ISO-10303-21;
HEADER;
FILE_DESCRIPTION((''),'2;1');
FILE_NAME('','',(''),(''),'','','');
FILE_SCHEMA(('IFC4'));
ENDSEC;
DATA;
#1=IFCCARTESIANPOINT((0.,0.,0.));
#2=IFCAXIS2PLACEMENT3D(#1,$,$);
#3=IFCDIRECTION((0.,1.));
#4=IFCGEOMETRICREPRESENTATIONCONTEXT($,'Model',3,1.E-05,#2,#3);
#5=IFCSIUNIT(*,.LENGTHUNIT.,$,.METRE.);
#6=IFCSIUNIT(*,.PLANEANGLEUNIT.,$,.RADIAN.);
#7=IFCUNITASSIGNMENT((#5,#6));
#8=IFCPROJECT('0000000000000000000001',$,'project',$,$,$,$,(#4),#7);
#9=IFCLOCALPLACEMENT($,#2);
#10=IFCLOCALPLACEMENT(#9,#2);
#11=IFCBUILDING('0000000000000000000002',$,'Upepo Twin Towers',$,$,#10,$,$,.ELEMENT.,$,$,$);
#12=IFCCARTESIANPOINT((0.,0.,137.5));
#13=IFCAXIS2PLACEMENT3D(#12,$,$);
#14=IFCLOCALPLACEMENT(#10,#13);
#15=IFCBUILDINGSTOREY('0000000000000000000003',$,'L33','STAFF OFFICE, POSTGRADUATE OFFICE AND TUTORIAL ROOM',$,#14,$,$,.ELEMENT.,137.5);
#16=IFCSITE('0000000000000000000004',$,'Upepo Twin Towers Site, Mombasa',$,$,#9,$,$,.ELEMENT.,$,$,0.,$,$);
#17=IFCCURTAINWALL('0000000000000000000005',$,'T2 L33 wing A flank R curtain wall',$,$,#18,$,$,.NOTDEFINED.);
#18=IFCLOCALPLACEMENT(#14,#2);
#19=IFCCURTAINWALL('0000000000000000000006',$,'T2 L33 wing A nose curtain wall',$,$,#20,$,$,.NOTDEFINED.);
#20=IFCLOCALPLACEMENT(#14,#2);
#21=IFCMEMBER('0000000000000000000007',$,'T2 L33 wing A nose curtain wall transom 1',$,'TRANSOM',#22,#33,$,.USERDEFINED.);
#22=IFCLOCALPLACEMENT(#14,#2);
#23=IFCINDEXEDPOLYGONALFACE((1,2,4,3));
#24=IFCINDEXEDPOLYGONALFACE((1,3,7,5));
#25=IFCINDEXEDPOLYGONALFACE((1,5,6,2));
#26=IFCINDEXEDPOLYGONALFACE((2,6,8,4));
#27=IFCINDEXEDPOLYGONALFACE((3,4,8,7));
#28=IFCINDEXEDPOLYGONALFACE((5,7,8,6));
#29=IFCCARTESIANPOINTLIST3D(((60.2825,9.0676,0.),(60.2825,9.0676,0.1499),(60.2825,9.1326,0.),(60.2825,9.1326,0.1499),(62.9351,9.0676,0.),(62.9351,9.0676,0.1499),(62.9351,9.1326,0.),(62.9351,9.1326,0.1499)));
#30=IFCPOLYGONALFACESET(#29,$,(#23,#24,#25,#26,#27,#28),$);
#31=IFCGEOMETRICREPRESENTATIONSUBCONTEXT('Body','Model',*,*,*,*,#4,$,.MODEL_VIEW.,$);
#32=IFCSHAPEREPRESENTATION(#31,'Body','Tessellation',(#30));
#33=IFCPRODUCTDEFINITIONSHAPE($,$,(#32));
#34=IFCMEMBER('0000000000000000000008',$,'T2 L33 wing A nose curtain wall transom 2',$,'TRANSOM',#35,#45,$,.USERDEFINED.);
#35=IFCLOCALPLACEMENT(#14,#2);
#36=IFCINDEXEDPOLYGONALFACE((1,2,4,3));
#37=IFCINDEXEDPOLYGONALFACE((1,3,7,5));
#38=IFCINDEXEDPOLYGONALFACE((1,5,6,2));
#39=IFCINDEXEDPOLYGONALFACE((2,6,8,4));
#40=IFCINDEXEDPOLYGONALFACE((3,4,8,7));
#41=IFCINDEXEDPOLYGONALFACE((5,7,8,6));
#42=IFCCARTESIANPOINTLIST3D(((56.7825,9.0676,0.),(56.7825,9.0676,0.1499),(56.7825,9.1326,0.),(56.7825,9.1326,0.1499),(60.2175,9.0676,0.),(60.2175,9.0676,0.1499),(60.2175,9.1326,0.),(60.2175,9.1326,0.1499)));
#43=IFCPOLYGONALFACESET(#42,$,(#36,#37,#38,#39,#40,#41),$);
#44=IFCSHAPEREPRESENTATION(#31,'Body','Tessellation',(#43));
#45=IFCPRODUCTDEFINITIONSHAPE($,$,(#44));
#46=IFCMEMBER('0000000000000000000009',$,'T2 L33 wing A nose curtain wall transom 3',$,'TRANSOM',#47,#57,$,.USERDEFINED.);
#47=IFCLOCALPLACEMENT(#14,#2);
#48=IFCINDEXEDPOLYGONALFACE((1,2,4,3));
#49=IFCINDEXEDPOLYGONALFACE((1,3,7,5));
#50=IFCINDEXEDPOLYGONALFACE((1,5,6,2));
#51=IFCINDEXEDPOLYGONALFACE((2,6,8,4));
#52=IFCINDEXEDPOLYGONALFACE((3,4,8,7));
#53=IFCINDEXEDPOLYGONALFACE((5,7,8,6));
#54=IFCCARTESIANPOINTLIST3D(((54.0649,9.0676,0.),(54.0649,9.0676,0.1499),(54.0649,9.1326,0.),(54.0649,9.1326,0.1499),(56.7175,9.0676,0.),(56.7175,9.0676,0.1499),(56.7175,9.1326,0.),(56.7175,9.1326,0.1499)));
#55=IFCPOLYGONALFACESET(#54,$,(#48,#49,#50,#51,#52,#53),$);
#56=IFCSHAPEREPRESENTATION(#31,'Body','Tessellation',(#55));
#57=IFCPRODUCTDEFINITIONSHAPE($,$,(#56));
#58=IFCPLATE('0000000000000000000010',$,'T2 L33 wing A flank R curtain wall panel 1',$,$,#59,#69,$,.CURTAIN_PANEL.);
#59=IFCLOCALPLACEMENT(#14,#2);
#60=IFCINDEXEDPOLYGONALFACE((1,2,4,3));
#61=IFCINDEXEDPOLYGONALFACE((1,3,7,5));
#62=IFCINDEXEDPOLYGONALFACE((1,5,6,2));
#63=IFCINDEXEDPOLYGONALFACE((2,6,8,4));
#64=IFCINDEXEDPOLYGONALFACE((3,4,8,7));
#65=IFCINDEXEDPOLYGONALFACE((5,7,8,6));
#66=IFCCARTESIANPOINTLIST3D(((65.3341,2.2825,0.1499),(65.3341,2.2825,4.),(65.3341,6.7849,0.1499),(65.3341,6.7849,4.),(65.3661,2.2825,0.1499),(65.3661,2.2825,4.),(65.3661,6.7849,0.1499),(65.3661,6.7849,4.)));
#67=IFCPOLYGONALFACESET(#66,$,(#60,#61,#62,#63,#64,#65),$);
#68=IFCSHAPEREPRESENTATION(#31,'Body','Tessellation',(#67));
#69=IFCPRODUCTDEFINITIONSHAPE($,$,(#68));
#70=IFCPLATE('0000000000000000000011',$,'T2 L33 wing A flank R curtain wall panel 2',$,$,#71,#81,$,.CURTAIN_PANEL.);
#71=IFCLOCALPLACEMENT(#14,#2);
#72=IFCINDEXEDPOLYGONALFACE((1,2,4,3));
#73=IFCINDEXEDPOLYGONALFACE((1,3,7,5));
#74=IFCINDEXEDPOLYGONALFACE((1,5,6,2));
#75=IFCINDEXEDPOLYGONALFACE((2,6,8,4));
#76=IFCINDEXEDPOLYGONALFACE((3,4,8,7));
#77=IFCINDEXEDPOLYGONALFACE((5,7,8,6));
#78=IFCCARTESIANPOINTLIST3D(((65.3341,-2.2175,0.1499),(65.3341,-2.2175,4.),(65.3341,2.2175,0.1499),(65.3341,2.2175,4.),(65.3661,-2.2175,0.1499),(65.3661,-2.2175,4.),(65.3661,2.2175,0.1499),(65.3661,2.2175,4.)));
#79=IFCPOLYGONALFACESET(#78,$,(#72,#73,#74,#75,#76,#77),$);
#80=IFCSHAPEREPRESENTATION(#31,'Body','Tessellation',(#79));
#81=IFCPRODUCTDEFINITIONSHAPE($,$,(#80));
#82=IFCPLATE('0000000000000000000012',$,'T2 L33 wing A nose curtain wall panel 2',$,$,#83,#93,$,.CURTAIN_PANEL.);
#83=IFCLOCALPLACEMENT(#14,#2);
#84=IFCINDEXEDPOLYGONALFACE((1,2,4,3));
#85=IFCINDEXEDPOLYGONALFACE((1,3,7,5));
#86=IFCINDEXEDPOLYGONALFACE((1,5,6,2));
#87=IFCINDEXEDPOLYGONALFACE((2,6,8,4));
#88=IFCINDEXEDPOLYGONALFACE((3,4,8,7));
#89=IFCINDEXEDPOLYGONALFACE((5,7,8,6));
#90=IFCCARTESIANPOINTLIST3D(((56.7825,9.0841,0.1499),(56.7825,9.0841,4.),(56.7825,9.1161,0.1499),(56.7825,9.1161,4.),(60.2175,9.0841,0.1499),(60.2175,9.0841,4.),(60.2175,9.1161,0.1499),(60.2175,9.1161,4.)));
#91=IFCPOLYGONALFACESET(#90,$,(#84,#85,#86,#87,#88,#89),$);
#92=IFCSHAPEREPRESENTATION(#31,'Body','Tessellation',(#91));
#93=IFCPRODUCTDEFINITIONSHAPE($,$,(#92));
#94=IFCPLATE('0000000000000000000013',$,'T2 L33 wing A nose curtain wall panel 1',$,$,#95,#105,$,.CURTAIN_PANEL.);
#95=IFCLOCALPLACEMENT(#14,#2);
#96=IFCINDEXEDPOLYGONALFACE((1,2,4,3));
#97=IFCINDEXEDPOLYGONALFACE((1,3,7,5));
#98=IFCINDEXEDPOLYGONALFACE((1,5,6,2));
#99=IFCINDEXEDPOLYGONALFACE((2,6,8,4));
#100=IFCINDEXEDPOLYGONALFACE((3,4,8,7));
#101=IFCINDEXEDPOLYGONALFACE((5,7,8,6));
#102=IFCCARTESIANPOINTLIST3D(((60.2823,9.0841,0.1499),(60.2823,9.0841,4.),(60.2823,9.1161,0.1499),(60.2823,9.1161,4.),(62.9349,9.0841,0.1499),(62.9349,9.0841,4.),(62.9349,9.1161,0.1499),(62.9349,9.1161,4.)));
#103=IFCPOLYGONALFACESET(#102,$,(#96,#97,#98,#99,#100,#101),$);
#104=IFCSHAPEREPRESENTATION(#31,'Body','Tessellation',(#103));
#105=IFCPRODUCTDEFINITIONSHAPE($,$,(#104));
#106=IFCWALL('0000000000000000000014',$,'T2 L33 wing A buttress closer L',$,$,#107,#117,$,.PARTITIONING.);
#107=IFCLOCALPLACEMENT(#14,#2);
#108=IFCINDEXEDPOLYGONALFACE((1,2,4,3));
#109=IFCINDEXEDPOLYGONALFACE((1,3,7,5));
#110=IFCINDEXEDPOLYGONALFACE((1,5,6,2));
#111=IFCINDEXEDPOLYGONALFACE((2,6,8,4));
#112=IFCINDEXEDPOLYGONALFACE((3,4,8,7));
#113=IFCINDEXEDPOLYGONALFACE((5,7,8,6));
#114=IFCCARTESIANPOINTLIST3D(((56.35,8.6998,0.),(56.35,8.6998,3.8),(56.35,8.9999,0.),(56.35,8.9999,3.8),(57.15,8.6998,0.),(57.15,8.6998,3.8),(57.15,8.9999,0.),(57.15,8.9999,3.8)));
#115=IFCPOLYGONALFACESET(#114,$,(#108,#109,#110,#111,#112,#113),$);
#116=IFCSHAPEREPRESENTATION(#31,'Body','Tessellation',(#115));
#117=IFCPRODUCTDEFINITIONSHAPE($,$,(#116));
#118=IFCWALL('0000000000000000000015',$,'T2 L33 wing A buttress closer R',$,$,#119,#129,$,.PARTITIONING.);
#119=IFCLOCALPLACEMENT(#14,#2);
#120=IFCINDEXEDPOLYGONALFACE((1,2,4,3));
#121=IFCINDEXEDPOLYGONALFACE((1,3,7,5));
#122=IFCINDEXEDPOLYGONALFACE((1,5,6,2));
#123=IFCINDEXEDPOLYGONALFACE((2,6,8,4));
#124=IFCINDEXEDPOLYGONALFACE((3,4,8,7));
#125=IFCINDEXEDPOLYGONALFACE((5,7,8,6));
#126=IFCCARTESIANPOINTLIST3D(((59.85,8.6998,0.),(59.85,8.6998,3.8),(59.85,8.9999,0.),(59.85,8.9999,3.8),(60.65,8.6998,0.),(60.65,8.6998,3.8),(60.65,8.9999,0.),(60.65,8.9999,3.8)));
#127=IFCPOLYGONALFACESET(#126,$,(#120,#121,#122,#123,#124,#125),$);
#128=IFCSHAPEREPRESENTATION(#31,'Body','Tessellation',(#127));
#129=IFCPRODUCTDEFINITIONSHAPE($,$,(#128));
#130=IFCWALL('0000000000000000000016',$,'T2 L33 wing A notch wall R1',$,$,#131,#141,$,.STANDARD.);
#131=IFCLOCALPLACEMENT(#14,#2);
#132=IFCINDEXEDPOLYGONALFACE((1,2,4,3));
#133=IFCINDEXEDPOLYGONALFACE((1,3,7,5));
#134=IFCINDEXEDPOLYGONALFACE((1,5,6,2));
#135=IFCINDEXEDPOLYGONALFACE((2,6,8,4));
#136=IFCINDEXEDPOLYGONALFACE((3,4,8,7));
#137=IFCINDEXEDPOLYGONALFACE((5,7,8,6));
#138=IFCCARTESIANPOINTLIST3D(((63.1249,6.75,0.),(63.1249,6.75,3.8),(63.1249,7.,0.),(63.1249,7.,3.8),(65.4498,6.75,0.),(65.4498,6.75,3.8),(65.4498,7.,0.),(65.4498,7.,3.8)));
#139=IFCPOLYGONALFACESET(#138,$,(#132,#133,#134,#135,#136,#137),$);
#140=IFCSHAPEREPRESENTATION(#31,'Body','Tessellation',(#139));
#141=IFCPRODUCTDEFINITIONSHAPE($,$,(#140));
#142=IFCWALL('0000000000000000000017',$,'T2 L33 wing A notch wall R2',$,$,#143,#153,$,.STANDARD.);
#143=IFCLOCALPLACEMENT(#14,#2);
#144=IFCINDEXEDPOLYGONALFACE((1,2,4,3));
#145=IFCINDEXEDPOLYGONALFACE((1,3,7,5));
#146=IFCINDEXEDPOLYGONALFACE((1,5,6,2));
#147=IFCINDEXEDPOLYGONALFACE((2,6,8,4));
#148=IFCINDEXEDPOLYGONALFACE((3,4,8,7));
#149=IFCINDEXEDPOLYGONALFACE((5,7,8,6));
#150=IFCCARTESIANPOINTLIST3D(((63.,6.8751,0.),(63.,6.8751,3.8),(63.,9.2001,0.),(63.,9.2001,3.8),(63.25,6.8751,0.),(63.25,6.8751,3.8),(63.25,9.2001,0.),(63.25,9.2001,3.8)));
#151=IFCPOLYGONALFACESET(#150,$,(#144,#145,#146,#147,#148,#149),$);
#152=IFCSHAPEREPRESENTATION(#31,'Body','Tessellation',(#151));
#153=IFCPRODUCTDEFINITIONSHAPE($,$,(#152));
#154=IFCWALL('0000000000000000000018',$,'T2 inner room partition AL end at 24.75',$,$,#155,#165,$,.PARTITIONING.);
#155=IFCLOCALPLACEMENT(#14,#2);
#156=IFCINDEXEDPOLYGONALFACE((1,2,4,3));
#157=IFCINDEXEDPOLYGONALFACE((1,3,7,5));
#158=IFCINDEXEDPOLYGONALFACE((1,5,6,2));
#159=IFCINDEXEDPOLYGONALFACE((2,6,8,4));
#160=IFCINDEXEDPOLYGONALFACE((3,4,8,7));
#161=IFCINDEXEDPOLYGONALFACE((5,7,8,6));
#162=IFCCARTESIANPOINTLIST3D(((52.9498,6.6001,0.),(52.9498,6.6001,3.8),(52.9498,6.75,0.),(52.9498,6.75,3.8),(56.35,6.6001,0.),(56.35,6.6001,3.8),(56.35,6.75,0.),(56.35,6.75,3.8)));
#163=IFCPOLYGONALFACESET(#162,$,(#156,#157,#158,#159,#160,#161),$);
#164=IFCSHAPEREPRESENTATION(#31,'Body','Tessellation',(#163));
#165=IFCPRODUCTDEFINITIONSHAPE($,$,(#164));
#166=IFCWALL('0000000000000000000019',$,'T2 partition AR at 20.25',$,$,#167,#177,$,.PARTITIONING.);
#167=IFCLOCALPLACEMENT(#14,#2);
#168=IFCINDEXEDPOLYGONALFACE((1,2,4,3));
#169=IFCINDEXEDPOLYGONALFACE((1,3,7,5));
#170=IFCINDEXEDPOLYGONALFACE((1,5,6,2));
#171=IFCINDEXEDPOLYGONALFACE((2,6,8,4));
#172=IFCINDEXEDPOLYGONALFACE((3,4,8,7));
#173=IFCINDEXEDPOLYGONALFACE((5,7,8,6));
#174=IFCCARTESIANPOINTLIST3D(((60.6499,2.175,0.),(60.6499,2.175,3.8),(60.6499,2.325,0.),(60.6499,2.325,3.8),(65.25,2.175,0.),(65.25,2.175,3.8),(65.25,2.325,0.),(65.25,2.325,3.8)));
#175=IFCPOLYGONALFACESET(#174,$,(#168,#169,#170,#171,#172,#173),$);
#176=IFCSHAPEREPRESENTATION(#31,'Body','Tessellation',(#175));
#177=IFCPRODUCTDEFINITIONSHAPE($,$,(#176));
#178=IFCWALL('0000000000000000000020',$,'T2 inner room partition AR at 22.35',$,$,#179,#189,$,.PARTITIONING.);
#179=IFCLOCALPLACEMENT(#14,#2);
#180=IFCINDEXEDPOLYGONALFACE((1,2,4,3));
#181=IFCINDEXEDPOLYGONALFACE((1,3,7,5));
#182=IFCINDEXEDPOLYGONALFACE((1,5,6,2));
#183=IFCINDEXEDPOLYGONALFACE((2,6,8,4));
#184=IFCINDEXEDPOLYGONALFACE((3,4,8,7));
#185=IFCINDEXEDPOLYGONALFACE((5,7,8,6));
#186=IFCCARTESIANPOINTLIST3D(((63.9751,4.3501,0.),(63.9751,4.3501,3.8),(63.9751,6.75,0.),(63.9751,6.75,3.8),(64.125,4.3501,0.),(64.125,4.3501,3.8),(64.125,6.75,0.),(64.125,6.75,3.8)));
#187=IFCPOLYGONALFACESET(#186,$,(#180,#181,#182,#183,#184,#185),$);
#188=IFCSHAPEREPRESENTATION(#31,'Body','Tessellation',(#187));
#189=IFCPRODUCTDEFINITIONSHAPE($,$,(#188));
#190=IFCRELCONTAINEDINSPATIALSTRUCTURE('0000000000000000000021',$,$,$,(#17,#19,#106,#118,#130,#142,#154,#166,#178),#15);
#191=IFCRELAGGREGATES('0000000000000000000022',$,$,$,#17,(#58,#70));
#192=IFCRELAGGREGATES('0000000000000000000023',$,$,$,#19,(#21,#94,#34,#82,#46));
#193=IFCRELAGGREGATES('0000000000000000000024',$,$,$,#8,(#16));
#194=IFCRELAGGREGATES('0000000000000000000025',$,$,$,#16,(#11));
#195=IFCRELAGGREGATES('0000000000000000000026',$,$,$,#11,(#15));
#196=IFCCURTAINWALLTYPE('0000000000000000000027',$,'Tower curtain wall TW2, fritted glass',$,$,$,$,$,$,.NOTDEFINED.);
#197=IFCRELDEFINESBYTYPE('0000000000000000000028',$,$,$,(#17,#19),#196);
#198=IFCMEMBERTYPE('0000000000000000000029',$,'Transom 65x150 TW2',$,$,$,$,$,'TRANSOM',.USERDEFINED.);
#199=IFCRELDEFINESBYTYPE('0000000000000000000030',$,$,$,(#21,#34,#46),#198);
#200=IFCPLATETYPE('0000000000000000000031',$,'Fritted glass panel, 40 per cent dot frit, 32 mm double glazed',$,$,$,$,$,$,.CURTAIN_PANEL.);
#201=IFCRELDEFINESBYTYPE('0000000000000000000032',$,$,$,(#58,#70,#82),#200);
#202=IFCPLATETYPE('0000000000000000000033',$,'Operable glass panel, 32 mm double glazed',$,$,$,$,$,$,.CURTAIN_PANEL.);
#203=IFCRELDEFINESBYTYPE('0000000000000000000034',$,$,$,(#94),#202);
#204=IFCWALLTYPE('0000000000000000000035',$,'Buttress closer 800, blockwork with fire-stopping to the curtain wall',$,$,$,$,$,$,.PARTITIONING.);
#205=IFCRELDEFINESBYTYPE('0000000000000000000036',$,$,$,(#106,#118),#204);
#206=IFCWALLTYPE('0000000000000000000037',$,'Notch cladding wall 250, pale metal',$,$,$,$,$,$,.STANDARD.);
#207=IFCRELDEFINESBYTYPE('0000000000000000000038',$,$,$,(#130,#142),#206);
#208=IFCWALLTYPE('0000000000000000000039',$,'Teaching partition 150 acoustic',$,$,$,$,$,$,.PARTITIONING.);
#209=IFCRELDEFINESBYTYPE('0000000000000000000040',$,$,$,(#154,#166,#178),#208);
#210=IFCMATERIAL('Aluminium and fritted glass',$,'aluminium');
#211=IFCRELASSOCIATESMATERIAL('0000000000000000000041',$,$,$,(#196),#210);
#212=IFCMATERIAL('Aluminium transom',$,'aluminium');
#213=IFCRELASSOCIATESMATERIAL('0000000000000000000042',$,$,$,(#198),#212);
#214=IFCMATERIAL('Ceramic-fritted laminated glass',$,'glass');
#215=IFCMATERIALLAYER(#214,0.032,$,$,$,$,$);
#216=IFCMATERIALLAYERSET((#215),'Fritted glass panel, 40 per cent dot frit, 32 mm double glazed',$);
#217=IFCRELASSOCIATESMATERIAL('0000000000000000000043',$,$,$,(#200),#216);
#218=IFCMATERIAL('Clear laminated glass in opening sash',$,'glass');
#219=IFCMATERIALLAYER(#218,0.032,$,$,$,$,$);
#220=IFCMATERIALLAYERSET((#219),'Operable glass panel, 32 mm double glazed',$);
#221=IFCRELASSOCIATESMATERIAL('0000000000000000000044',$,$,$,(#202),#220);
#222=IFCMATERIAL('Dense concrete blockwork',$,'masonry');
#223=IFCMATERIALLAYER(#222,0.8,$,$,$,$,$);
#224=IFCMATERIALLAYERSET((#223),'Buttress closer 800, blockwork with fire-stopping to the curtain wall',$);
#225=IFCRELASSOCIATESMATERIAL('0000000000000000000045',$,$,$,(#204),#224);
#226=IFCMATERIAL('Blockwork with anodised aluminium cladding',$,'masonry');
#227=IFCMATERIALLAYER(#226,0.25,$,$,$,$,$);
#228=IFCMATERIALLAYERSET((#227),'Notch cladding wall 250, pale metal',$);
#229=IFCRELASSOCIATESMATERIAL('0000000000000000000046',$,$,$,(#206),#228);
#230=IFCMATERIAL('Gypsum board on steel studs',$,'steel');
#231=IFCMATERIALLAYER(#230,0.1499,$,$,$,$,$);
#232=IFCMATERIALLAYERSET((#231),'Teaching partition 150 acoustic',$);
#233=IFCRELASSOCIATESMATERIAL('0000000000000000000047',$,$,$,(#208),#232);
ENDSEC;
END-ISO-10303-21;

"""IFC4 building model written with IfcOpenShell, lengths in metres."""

from ifc_helpers import new_model, si_unit, direction, frame, frame_2d, origin, origin_2d, place, context, subcontext, project, spatial, rectangle, extrude, material, layer, layer_set, material_profile, profile_set, type_object, element, aggregate, save


model = new_model("IFC4")

# Units and contexts
model_context = context("Model", 3, precision=1e-05, world=origin(), true_north=direction((0.0, 1.0)))
body_context = subcontext(model_context, "Body", "Model", "MODEL_VIEW")
ifc_project = project(units=[si_unit("LENGTHUNIT", "METRE"), si_unit("PLANEANGLEUNIT", "RADIAN")], contexts=[model_context])

# Site, building, storey
site_placement = place(None, origin())
site = spatial("IfcSite", under=ifc_project, at=site_placement, Name="Upepo Twin Towers Site, Mombasa", CompositionType="ELEMENT", RefElevation=0.0)
building_placement = place(site_placement, origin())
building = spatial("IfcBuilding", under=site, at=building_placement, Name="Upepo Twin Towers", CompositionType="ELEMENT")
storey_placement = place(building_placement, frame((0.0, 0.0, 137.5)))
storey = spatial("IfcBuildingStorey", under=building, at=storey_placement, Name="L33", Description="STAFF OFFICE, POSTGRADUATE OFFICE AND TUTORIAL ROOM", CompositionType="ELEMENT", Elevation=137.5)

# Curtain walls
ifc_material_1 = material(Name="Aluminium and fritted glass", Category="aluminium")
curtain_wall_type = type_object("IfcCurtainWallType", Name="Tower curtain wall TW2, fritted glass", PredefinedType="NOTDEFINED", material=ifc_material_1)
curtain_wall_1_placement = place(storey_placement, origin())
curtain_wall_1 = element("IfcCurtainWall", 1, at=curtain_wall_1_placement, inside=storey, type_object=curtain_wall_type, Name="T2 L33 wing A flank R curtain wall", PredefinedType="NOTDEFINED")
curtain_wall_2_placement = place(storey_placement, origin())
curtain_wall_2 = element("IfcCurtainWall", 2, at=curtain_wall_2_placement, inside=storey, type_object=curtain_wall_type, Name="T2 L33 wing A nose curtain wall", PredefinedType="NOTDEFINED")

# Members
ifc_material_2 = material(Name="Aluminium transom", Category="aluminium")
ifc_material_profile_1 = material_profile(ifc_material_2, rectangle(XDim=0.0649, YDim=0.1499, at=origin_2d()), Name="TRANSOM 65x150")
ifc_profile_set_1 = profile_set([ifc_material_profile_1], Name="Aluminium transom")
member_type_1 = type_object("IfcMemberType", Name="Transom 65x150 TW2", ElementType="TRANSOM", PredefinedType="USERDEFINED", material=ifc_profile_set_1)
member_1_placement = place(storey_placement, frame((62.9351, 9.1001, 0.075), z_axis=(-1.0, 0.0, 0.0), x_axis=(0.0, -1.0, 0.0)))
member_1 = element("IfcMember", 3, at=member_1_placement, type_object=member_type_1, Name="T2 L33 wing A nose curtain wall transom 1", ObjectType="TRANSOM", PredefinedType="USERDEFINED", context=body_context, shape_type="SweptSolid", body=[
    extrude(rectangle(XDim=0.0649, YDim=0.1499, at=origin_2d()), origin(), (0.0, 0.0, 1.0), 2.6526),
])
member_2_placement = place(storey_placement, frame((60.2175, 9.1001, 0.075), z_axis=(-1.0, 0.0, 0.0), x_axis=(0.0, -1.0, 0.0)))
member_2 = element("IfcMember", 4, at=member_2_placement, type_object=member_type_1, Name="T2 L33 wing A nose curtain wall transom 2", ObjectType="TRANSOM", PredefinedType="USERDEFINED", context=body_context, shape_type="SweptSolid", body=[
    extrude(rectangle(XDim=0.0649, YDim=0.1499, at=origin_2d()), origin(), (0.0, 0.0, 1.0), 3.4351),
])
member_3_placement = place(storey_placement, frame((56.7175, 9.1001, 0.075), z_axis=(-1.0, 0.0, 0.0), x_axis=(0.0, -1.0, 0.0)))
member_3 = element("IfcMember", 5, at=member_3_placement, type_object=member_type_1, Name="T2 L33 wing A nose curtain wall transom 3", ObjectType="TRANSOM", PredefinedType="USERDEFINED", context=body_context, shape_type="SweptSolid", body=[
    extrude(rectangle(XDim=0.0649, YDim=0.1499, at=origin_2d()), origin(), (0.0, 0.0, 1.0), 2.6526),
])

# Plates
ifc_material_3 = material(Name="Ceramic-fritted laminated glass", Category="glass")
ifc_layer_1 = layer(ifc_material_3, 0.032)
ifc_layer_set_1 = layer_set([ifc_layer_1], Name="Fritted glass panel, 40 per cent dot frit, 32 mm double glazed")
plate_type_1 = type_object("IfcPlateType", Name="Fritted glass panel, 40 per cent dot frit, 32 mm double glazed", PredefinedType="CURTAIN_PANEL", material=ifc_layer_set_1)
plate_1_placement = place(storey_placement, frame((65.3501, 4.5337, 0.1499), z_axis=(0.0, 0.0, 1.0), x_axis=(0.0, -1.0, 0.0)))
plate_1 = element("IfcPlate", 6, at=plate_1_placement, type_object=plate_type_1, Name="T2 L33 wing A flank R curtain wall panel 1", PredefinedType="CURTAIN_PANEL", context=body_context, shape_type="SweptSolid", body=[
    extrude(rectangle(XDim=4.5024, YDim=0.032, at=origin_2d()), origin(), (0.0, 0.0, 1.0), 3.8501),
])
plate_2_placement = place(storey_placement, frame((65.3501, 0.0, 0.1499), z_axis=(0.0, 0.0, 1.0), x_axis=(0.0, -1.0, 0.0)))
plate_2 = element("IfcPlate", 7, at=plate_2_placement, type_object=plate_type_1, Name="T2 L33 wing A flank R curtain wall panel 2", PredefinedType="CURTAIN_PANEL", context=body_context, shape_type="SweptSolid", body=[
    extrude(rectangle(XDim=4.4351, YDim=0.032, at=origin_2d()), origin(), (0.0, 0.0, 1.0), 3.8501),
])
aggregate(curtain_wall_1, [plate_1, plate_2])
plate_3_placement = place(storey_placement, frame((58.5, 9.1001, 0.1499), z_axis=(0.0, 0.0, 1.0), x_axis=(-1.0, 0.0, 0.0)))
plate_3 = element("IfcPlate", 8, at=plate_3_placement, type_object=plate_type_1, Name="T2 L33 wing A nose curtain wall panel 2", PredefinedType="CURTAIN_PANEL", context=body_context, shape_type="SweptSolid", body=[
    extrude(rectangle(XDim=3.4351, YDim=0.032, at=origin_2d()), origin(), (0.0, 0.0, 1.0), 3.8501),
])
ifc_material_4 = material(Name="Clear laminated glass in opening sash", Category="glass")
ifc_layer_2 = layer(ifc_material_4, 0.032)
ifc_layer_set_2 = layer_set([ifc_layer_2], Name="Operable glass panel, 32 mm double glazed")
plate_type_2 = type_object("IfcPlateType", Name="Operable glass panel, 32 mm double glazed", PredefinedType="CURTAIN_PANEL", material=ifc_layer_set_2)
plate_4_placement = place(storey_placement, frame((61.6086, 9.1001, 0.1499), z_axis=(0.0, 0.0, 1.0), x_axis=(-1.0, 0.0, 0.0)))
plate_4 = element("IfcPlate", 9, at=plate_4_placement, type_object=plate_type_2, Name="T2 L33 wing A nose curtain wall panel 1", PredefinedType="CURTAIN_PANEL", context=body_context, shape_type="SweptSolid", body=[
    extrude(rectangle(XDim=2.6526, YDim=0.032, at=origin_2d()), origin(), (0.0, 0.0, 1.0), 3.8501),
])
aggregate(curtain_wall_2, [member_1, plate_4, member_2, plate_3, member_3])

# Walls
ifc_material_5 = material(Name="Dense concrete blockwork", Category="masonry")
ifc_layer_3 = layer(ifc_material_5, 0.8)
ifc_layer_set_3 = layer_set([ifc_layer_3], Name="Buttress closer 800, blockwork with fire-stopping to the curtain wall")
wall_type_1 = type_object("IfcWallType", Name="Buttress closer 800, blockwork with fire-stopping to the curtain wall", PredefinedType="PARTITIONING", material=ifc_layer_set_3)
for number, where, z_axis, x_axis, name in (
    (10, (56.75, 8.7, 0.0), (0.0, 0.0, 1.0), (0.0, 1.0, 0.0), "T2 L33 wing A buttress closer L"),
    (11, (60.25, 8.7, 0.0), (0.0, 0.0, 1.0), (0.0, 1.0, 0.0), "T2 L33 wing A buttress closer R"),
):
    element("IfcWall", number, at=place(storey_placement, frame(where, z_axis=z_axis, x_axis=x_axis)), inside=storey, type_object=wall_type_1, Name=name, PredefinedType="PARTITIONING", context=body_context, shape_type="SweptSolid", body=[
        extrude(rectangle(XDim=0.3, YDim=0.8, at=frame_2d((0.1499, 0.0))), origin(), (0.0, 0.0, 1.0), 3.8),
    ])
ifc_material_6 = material(Name="Blockwork with anodised aluminium cladding", Category="masonry")
ifc_layer_4 = layer(ifc_material_6, 0.25)
ifc_layer_set_4 = layer_set([ifc_layer_4], Name="Notch cladding wall 250, pale metal")
wall_type_2 = type_object("IfcWallType", Name="Notch cladding wall 250, pale metal", PredefinedType="STANDARD", material=ifc_layer_set_4)
for number, where, z_axis, x_axis, name in (
    (12, (65.45, 6.875, 0.0), (0.0, 0.0, 1.0), (-1.0, 0.0, 0.0), "T2 L33 wing A notch wall R1"),
    (13, (63.125, 6.875, 0.0), (0.0, 0.0, 1.0), (0.0, 1.0, 0.0), "T2 L33 wing A notch wall R2"),
):
    element("IfcWall", number, at=place(storey_placement, frame(where, z_axis=z_axis, x_axis=x_axis)), inside=storey, type_object=wall_type_2, Name=name, PredefinedType="STANDARD", context=body_context, shape_type="SweptSolid", body=[
        extrude(rectangle(XDim=2.325, YDim=0.25, at=frame_2d((1.1626, 0.0))), origin(), (0.0, 0.0, 1.0), 3.8),
    ])
ifc_material_7 = material(Name="Gypsum board on steel studs", Category="steel")
ifc_layer_5 = layer(ifc_material_7, 0.1499)
ifc_layer_set_5 = layer_set([ifc_layer_5], Name="Teaching partition 150 acoustic")
wall_type_3 = type_object("IfcWallType", Name="Teaching partition 150 acoustic", PredefinedType="PARTITIONING", material=ifc_layer_set_5)
wall_1_placement = place(storey_placement, frame((56.3501, 6.675, 0.0), z_axis=(0.0, 0.0, 1.0), x_axis=(-1.0, 0.0, 0.0)))
element("IfcWall", 14, at=wall_1_placement, inside=storey, type_object=wall_type_3, Name="T2 inner room partition AL end at 24.75", PredefinedType="PARTITIONING", context=body_context, shape_type="SweptSolid", body=[
    extrude(rectangle(XDim=3.4001, YDim=0.1499, at=frame_2d((1.7002, 0.0))), origin(), (0.0, 0.0, 1.0), 3.8),
])
wall_2_placement = place(storey_placement, frame((60.6499, 2.25, 0.0), z_axis=(0.0, 0.0, 1.0), x_axis=(1.0, 0.0, 0.0)))
element("IfcWall", 15, at=wall_2_placement, inside=storey, type_object=wall_type_3, Name="T2 partition AR at 20.25", PredefinedType="PARTITIONING", context=body_context, shape_type="SweptSolid", body=[
    extrude(rectangle(XDim=4.6001, YDim=0.1499, at=frame_2d((2.3, 0.0))), origin(), (0.0, 0.0, 1.0), 3.8),
])
wall_3_placement = place(storey_placement, frame((64.05, 4.3501, 0.0), z_axis=(0.0, 0.0, 1.0), x_axis=(0.0, 1.0, 0.0)))
element("IfcWall", 16, at=wall_3_placement, inside=storey, type_object=wall_type_3, Name="T2 inner room partition AR at 22.35", PredefinedType="PARTITIONING", context=body_context, shape_type="SweptSolid", body=[
    extrude(rectangle(XDim=2.3999, YDim=0.1499, at=frame_2d((1.2, 0.0))), origin(), (0.0, 0.0, 1.0), 3.8),
])

save(model, "model.ifc")
